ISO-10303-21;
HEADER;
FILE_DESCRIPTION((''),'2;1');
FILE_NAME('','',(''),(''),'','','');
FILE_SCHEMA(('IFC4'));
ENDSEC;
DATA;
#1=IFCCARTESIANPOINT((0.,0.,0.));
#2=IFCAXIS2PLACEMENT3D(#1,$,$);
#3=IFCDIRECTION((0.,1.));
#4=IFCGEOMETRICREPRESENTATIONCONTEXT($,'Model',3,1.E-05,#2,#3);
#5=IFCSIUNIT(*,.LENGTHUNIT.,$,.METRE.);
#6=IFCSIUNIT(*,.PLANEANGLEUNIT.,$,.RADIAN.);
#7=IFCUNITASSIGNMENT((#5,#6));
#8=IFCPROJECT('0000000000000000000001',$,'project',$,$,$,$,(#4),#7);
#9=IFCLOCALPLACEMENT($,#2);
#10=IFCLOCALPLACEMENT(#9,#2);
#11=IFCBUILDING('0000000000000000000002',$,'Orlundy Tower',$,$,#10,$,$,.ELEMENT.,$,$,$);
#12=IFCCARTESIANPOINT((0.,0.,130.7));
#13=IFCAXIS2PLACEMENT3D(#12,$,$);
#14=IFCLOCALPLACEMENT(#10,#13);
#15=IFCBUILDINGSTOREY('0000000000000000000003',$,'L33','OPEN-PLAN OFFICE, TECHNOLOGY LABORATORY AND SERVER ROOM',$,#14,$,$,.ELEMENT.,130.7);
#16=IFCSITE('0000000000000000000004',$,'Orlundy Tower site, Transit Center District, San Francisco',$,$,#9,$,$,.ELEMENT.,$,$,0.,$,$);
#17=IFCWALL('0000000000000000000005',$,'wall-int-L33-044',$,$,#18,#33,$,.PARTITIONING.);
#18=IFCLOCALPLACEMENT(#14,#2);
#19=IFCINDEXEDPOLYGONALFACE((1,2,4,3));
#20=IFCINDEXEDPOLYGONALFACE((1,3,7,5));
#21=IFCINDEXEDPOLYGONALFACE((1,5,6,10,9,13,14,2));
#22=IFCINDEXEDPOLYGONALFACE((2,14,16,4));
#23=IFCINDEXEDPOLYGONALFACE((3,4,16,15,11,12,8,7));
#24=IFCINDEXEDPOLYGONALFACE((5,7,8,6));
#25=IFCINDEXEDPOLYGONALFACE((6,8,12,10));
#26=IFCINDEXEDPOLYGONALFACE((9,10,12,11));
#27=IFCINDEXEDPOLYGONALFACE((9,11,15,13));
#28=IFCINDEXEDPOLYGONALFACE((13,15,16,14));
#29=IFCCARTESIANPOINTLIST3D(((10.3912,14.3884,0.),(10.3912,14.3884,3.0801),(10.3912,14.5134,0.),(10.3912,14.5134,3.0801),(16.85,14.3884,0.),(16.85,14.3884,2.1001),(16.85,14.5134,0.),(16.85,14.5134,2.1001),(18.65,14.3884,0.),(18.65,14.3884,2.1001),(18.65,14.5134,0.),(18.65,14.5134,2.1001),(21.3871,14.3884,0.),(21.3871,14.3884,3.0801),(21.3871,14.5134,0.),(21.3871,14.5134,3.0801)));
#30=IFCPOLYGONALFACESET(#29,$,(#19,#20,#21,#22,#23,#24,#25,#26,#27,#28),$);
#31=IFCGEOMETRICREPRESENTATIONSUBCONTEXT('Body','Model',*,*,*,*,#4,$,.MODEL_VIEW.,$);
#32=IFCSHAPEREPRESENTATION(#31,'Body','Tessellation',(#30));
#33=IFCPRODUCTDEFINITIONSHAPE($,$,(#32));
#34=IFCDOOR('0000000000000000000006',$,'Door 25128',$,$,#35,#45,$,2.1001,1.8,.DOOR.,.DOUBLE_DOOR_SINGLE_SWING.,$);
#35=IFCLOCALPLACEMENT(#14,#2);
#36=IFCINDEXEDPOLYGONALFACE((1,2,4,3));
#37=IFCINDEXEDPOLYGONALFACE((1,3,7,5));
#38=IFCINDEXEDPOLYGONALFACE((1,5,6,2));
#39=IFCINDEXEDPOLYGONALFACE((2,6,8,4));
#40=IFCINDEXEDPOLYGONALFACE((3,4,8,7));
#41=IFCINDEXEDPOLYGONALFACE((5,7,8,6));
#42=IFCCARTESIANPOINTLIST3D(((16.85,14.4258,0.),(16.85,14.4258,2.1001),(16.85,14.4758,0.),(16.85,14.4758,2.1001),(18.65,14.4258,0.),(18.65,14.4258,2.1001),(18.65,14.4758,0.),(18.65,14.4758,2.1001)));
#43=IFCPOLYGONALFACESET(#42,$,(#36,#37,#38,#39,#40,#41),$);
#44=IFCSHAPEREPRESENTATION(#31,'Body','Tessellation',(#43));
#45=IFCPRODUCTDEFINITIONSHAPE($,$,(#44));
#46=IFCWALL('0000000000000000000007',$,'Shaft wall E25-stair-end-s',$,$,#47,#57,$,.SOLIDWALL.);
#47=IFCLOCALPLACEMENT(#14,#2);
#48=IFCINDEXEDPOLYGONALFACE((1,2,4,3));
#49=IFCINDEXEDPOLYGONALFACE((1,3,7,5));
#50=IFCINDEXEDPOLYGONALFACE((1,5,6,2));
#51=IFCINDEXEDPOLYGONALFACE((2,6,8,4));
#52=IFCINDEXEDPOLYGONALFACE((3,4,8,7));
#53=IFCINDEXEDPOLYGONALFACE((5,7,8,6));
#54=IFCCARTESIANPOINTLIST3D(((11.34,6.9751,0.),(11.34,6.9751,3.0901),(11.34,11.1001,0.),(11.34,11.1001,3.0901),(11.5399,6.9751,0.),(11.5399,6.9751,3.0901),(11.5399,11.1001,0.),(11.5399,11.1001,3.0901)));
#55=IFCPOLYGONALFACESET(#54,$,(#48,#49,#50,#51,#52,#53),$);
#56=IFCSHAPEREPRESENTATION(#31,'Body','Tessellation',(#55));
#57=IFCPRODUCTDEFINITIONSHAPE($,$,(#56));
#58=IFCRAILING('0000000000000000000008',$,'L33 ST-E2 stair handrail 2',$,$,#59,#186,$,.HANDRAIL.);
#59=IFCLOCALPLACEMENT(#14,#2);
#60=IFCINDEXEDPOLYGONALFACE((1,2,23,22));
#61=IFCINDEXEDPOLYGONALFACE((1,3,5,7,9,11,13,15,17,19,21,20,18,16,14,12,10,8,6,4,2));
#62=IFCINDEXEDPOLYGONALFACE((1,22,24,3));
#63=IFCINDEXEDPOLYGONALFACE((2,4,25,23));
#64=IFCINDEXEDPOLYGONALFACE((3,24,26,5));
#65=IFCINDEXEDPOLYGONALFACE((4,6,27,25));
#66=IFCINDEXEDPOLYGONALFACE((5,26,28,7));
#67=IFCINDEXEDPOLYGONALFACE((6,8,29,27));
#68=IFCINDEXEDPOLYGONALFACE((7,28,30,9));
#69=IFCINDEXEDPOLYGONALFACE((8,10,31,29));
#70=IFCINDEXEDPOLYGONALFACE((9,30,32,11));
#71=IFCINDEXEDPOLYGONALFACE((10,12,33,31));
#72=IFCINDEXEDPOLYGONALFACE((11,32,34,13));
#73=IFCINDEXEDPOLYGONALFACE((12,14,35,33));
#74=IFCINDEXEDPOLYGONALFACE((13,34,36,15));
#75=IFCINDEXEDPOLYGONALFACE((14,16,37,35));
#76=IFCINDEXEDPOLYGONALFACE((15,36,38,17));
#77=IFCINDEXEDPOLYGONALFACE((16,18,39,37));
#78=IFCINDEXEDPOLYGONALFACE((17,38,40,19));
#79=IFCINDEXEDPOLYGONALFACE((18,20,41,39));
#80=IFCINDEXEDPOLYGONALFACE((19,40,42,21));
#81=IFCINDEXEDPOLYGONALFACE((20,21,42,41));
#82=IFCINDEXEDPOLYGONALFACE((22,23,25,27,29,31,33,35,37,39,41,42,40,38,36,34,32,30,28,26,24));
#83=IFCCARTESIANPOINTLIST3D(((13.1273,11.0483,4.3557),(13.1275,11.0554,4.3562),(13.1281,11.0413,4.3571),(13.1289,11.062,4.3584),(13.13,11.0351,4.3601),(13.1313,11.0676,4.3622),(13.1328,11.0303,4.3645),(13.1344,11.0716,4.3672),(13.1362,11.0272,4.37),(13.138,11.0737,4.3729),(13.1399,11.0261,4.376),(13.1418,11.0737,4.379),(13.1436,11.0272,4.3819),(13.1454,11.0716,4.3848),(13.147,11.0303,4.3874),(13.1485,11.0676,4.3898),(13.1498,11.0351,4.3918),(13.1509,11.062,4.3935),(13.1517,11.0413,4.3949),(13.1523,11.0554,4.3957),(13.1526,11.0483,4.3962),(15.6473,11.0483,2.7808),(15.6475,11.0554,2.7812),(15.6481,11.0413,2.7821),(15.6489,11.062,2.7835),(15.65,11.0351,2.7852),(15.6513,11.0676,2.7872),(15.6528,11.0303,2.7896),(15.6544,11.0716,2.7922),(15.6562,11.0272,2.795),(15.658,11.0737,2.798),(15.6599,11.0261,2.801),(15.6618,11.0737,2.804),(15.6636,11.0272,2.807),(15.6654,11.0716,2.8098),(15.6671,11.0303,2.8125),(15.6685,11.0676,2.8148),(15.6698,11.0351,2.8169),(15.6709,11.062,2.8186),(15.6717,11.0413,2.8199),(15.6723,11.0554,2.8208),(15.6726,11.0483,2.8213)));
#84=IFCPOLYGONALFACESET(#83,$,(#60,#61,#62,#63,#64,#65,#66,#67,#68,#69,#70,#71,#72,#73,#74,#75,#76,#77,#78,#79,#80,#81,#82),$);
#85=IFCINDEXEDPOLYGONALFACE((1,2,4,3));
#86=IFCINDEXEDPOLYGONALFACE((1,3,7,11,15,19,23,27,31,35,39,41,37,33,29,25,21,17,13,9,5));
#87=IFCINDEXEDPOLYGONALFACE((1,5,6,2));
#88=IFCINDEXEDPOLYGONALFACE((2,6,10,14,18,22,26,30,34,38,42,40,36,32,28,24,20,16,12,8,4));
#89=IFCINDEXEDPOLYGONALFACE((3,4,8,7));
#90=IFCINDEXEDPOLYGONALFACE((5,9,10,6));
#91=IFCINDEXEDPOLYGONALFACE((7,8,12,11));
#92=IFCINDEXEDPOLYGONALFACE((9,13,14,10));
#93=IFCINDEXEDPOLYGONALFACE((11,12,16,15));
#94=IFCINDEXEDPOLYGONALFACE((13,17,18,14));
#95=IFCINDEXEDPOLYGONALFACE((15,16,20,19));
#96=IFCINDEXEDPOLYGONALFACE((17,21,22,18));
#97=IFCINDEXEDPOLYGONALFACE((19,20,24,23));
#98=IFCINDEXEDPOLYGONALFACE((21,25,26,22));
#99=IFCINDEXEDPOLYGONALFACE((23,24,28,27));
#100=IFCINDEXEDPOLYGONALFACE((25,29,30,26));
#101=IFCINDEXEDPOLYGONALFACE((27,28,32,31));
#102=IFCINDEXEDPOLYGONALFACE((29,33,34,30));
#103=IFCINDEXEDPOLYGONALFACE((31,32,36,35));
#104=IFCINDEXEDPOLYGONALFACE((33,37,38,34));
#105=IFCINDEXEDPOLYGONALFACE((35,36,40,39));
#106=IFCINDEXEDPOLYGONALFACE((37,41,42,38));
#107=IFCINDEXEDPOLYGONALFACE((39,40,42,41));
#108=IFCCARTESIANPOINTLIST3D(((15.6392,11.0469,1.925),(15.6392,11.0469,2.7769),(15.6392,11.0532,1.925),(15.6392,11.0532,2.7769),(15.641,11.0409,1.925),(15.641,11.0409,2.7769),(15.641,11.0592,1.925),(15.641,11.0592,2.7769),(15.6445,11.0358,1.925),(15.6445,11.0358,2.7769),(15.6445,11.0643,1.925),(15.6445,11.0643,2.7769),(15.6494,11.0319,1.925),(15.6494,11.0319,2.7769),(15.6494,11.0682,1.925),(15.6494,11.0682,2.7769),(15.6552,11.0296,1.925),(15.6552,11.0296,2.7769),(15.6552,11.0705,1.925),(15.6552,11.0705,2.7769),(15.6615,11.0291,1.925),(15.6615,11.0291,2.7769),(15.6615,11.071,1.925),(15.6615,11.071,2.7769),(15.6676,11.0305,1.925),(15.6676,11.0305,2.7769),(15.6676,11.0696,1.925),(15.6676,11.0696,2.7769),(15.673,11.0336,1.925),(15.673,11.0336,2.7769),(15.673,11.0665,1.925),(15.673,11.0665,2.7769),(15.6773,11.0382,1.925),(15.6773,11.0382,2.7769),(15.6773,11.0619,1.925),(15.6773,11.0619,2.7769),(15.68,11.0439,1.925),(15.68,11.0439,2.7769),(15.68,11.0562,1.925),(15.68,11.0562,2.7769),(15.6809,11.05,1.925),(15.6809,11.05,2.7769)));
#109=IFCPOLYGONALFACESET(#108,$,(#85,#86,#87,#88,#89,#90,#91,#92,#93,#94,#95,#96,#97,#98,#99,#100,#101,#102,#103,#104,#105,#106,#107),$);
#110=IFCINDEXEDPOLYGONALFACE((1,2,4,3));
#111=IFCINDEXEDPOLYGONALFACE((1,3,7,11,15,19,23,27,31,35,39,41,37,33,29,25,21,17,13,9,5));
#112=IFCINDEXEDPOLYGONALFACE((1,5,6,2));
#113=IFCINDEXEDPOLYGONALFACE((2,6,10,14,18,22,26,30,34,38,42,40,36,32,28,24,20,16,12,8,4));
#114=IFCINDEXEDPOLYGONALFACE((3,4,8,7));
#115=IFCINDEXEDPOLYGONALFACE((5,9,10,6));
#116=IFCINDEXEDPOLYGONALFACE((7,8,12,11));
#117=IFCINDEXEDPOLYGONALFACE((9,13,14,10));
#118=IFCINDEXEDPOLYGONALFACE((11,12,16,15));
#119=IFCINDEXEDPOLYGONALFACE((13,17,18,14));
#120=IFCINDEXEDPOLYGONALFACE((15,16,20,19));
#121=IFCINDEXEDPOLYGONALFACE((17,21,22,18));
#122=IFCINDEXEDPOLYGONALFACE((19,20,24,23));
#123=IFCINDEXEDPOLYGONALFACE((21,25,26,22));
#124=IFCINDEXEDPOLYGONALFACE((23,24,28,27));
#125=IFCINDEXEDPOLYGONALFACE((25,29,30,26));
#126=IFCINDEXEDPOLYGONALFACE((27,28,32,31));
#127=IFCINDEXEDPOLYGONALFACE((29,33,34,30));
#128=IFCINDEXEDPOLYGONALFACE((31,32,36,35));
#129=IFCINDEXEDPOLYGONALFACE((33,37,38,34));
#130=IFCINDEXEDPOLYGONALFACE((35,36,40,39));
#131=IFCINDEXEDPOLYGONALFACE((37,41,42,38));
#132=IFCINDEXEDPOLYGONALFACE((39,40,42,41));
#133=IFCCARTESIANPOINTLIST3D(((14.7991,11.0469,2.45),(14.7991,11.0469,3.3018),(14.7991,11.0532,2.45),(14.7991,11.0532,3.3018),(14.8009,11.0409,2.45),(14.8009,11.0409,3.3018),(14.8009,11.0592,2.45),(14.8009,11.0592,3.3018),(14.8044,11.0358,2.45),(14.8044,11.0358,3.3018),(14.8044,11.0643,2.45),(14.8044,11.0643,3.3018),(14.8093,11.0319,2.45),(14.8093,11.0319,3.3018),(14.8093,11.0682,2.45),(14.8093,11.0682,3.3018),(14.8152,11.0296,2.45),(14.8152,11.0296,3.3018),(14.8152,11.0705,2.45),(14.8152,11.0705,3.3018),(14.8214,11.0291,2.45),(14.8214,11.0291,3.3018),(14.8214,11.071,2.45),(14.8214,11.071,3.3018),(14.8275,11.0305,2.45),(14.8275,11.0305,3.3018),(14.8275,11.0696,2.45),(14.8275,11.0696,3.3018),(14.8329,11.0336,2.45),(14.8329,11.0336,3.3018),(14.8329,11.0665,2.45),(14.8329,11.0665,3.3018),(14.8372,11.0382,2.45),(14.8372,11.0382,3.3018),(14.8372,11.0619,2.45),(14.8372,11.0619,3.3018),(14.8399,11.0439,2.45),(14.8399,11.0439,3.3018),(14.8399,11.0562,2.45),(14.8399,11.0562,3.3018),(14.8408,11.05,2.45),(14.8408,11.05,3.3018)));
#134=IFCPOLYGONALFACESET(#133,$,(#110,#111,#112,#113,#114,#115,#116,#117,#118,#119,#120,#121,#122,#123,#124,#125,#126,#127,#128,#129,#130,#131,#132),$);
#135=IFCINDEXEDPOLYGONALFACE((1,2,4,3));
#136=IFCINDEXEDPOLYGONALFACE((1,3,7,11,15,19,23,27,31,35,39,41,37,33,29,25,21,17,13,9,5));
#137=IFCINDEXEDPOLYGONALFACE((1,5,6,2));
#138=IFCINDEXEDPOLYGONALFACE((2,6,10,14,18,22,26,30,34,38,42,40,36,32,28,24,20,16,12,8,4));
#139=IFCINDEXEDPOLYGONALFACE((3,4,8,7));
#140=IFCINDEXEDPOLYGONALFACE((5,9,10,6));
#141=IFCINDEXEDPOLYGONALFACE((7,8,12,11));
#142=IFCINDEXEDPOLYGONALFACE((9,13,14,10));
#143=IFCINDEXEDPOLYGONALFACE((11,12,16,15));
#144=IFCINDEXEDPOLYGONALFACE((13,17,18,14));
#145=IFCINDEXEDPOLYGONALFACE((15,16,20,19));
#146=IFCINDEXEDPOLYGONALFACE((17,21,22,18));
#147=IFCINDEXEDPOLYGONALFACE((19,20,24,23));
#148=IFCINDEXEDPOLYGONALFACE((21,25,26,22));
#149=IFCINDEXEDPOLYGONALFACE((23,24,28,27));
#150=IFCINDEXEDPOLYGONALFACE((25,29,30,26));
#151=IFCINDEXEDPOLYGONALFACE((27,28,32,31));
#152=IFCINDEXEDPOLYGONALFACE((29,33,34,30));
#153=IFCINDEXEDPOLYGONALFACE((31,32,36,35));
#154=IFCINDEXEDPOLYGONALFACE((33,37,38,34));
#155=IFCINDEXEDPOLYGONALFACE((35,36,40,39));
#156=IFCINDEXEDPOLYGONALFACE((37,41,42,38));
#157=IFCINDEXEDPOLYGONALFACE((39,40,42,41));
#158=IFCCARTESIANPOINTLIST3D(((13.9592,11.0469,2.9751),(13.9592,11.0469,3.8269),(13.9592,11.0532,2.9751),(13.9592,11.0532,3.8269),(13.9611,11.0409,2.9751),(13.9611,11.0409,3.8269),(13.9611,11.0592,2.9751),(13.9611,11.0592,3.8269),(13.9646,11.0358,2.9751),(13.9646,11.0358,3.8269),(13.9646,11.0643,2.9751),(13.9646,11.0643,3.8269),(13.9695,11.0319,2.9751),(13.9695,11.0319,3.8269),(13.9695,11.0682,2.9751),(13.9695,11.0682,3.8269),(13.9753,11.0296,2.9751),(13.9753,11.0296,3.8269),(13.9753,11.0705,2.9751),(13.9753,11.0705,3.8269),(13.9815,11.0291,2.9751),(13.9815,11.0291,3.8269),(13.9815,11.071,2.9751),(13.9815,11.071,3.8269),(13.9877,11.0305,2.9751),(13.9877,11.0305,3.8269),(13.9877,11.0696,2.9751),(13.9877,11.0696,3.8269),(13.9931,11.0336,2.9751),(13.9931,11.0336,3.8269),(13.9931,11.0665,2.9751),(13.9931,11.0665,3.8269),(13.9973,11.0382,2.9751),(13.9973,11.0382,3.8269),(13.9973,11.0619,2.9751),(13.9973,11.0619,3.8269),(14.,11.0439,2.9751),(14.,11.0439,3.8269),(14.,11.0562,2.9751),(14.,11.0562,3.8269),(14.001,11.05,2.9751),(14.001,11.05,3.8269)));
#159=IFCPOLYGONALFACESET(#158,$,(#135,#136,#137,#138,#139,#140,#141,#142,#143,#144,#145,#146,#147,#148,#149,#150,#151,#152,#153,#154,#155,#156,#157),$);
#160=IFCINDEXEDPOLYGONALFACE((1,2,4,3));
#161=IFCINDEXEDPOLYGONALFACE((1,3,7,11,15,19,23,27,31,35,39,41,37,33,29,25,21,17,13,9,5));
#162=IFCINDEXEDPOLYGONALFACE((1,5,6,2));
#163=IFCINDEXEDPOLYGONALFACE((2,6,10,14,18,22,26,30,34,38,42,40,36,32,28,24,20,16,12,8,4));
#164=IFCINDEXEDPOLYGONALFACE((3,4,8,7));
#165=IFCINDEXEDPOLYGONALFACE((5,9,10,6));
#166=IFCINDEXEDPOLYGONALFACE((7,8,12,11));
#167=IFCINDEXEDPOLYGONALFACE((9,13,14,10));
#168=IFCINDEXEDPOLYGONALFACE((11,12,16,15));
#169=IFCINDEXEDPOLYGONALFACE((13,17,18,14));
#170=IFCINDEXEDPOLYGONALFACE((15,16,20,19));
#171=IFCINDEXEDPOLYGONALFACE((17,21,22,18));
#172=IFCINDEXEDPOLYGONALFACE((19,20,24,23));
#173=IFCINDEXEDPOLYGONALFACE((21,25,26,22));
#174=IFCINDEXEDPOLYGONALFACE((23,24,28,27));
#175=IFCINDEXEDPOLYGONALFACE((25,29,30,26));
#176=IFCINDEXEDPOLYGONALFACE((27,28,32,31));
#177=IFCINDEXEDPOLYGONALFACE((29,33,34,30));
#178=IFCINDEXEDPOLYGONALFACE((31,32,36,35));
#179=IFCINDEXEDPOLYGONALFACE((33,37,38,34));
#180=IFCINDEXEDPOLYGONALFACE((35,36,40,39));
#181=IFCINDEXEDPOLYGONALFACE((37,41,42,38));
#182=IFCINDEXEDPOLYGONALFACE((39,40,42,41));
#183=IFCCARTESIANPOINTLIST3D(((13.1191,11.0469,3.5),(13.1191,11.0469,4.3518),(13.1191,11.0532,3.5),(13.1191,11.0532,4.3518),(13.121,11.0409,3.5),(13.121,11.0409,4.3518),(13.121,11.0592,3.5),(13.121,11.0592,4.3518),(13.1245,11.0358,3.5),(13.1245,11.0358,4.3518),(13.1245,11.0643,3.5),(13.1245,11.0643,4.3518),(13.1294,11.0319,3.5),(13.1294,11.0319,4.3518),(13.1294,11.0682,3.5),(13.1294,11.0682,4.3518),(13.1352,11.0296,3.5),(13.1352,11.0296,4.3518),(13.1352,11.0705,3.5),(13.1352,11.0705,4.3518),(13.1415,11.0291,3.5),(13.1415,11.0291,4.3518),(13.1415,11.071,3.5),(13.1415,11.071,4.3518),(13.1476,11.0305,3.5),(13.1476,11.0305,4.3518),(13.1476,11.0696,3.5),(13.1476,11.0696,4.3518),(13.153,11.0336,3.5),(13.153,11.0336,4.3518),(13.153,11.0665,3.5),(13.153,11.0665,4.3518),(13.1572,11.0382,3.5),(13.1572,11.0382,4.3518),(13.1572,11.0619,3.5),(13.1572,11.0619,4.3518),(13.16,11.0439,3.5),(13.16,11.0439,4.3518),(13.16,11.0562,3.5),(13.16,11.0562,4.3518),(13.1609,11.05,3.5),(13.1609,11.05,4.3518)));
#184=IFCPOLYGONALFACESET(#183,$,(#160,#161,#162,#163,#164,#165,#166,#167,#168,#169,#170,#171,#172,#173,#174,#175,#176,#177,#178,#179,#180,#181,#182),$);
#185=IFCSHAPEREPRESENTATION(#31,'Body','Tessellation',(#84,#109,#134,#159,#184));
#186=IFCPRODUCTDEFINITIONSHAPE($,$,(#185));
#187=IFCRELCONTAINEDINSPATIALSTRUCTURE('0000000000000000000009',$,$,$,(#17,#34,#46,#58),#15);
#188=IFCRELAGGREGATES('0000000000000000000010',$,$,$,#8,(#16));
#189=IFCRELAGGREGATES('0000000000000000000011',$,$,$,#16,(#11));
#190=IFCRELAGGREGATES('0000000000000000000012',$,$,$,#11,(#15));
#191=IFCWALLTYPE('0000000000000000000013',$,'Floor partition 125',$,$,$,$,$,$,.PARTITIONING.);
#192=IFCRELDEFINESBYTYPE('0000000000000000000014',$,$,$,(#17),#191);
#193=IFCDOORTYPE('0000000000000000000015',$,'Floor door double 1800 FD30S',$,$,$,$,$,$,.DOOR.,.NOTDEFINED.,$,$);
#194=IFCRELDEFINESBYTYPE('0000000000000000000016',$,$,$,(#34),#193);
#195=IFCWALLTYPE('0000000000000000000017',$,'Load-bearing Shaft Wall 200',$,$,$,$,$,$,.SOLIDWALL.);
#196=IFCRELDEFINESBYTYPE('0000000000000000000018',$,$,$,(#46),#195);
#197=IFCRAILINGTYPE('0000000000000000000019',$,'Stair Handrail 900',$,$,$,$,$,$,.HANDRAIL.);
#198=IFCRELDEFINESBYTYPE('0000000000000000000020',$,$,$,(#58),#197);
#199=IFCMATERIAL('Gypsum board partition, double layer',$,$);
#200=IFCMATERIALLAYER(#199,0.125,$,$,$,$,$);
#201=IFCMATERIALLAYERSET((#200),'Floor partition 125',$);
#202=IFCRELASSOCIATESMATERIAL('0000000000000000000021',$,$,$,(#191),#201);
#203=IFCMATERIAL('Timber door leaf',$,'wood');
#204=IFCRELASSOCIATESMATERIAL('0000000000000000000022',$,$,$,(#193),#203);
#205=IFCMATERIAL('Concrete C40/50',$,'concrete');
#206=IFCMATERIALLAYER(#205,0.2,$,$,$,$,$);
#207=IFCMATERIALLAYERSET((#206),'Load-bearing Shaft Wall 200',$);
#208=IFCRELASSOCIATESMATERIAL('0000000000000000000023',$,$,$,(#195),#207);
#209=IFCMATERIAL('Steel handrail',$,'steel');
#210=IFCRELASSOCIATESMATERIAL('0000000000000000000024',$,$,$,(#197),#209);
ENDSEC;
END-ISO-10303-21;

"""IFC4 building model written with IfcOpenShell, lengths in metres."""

from ifc_helpers import new_model, si_unit, direction, frame, frame_2d, origin, origin_2d, place, context, subcontext, project, spatial, rectangle, circle, extrude, material, layer, layer_set, type_object, element, fill, save


model = new_model("IFC4")

# Units and contexts
model_context = context("Model", 3, precision=1e-05, world=origin(), true_north=direction((0.0, 1.0)))
body_context = subcontext(model_context, "Body", "Model", "MODEL_VIEW")
ifc_project = project(units=[si_unit("LENGTHUNIT", "METRE"), si_unit("PLANEANGLEUNIT", "RADIAN")], contexts=[model_context])

# Site, building, storey
site_placement = place(None, origin())
site = spatial("IfcSite", under=ifc_project, at=site_placement, Name="Orlundy Tower site, Transit Center District, San Francisco", CompositionType="ELEMENT", RefElevation=0.0)
building_placement = place(site_placement, origin())
building = spatial("IfcBuilding", under=site, at=building_placement, Name="Orlundy Tower", CompositionType="ELEMENT")
storey_placement = place(building_placement, frame((0.0, 0.0, 130.7)))
storey = spatial("IfcBuildingStorey", under=building, at=storey_placement, Name="L33", Description="OPEN-PLAN OFFICE, TECHNOLOGY LABORATORY AND SERVER ROOM", CompositionType="ELEMENT", Elevation=130.7)

# Wall, opening, door
ifc_material_1 = material(Name="Gypsum board partition, double layer")
ifc_layer_1 = layer(ifc_material_1, 0.125)
ifc_layer_set_1 = layer_set([ifc_layer_1], Name="Floor partition 125")
wall_type_1 = type_object("IfcWallType", Name="Floor partition 125", PredefinedType="PARTITIONING", material=ifc_layer_set_1)
wall_1_placement = place(storey_placement, frame((10.3911, 14.4509, 0.0), z_axis=(0.0, 0.0, 1.0), x_axis=(1.0, 0.0, 0.0)))
wall_1 = element("IfcWall", 1, at=wall_1_placement, inside=storey, type_object=wall_type_1, Name="wall-int-L33-044", PredefinedType="PARTITIONING", context=body_context, shape_type="SweptSolid", body=[
    extrude(rectangle(XDim=10.9958, YDim=0.125, at=frame_2d((5.498, 0.0))), origin(), (0.0, 0.0, 1.0), 3.0801),
])
opening_1_placement = place(wall_1_placement, frame((6.459, 0.0, 0.0)))
opening_1 = element("IfcOpeningElement", 2, at=opening_1_placement, cuts=wall_1, PredefinedType="OPENING", context=body_context, shape_type="SweptSolid", body=[
    extrude(rectangle(XDim=1.8, YDim=2.1001, at=frame_2d((0.8999, 1.05))), frame((0.0, 0.0725, 0.0), z_axis=(0.0, -1.0, 0.0), x_axis=(1.0, 0.0, 0.0)), (0.0, 0.0, 1.0), 0.145),
])
ifc_material_2 = material(Name="Timber door leaf", Category="wood")
door_type_1 = type_object("IfcDoorType", Name="Floor door double 1800 FD30S", OperationType="NOTDEFINED", PredefinedType="DOOR", material=ifc_material_2)
door_1_placement = place(opening_1_placement, origin())
door_1 = element("IfcDoor", 3, at=door_1_placement, inside=storey, type_object=door_type_1, Name="Door 25128", OperationType="DOUBLE_DOOR_SINGLE_SWING", OverallHeight=2.1001, OverallWidth=1.8, PredefinedType="DOOR", context=body_context, shape_type="SweptSolid", body=[
    extrude(rectangle(XDim=1.8, YDim=2.1001, at=frame_2d((0.8999, 1.05))), frame((0.0, 0.0249, 0.0), z_axis=(0.0, -1.0, 0.0), x_axis=(1.0, 0.0, 0.0)), (0.0, 0.0, 1.0), 0.05),
])
fill(opening_1, door_1)

# Wall
ifc_material_3 = material(Name="Concrete C40/50", Category="concrete")
ifc_layer_2 = layer(ifc_material_3, 0.2)
ifc_layer_set_2 = layer_set([ifc_layer_2], Name="Load-bearing Shaft Wall 200")
wall_type_2 = type_object("IfcWallType", Name="Load-bearing Shaft Wall 200", PredefinedType="SOLIDWALL", material=ifc_layer_set_2)
wall_2_placement = place(storey_placement, frame((11.4399, 11.1001, 0.0), z_axis=(0.0, 0.0, 1.0), x_axis=(0.0, -1.0, 0.0)))
element("IfcWall", 4, at=wall_2_placement, inside=storey, type_object=wall_type_2, Name="Shaft wall E25-stair-end-s", PredefinedType="SOLIDWALL", context=body_context, shape_type="SweptSolid", body=[
    extrude(rectangle(XDim=4.125, YDim=0.2, at=frame_2d((2.0625, 0.0))), origin(), (0.0, 0.0, 1.0), 3.0901),
])

# Railing
ifc_material_4 = material(Name="Steel handrail", Category="steel")
railing_type = type_object("IfcRailingType", Name="Stair Handrail 900", PredefinedType="HANDRAIL", material=ifc_material_4)
railing_placement = place(storey_placement, frame((15.6599, 11.05, 1.925)))
element("IfcRailing", 5, at=railing_placement, inside=storey, type_object=railing_type, Name="L33 ST-E2 stair handrail 2", PredefinedType="HANDRAIL", context=body_context, shape_type="SweptSolid", body=[
    extrude(circle(Radius=0.0239, at=origin_2d()), frame((0.0, 0.0, 0.876), z_axis=(-0.848008, 0.0, 0.529984), x_axis=(0.0, -1.0, 0.0)), (0.0, 0.0, 1.0), 2.9717),
    extrude(circle(Radius=0.021, at=origin_2d()), origin(), (0.0, 0.0, 1.0), 0.8518),
    extrude(circle(Radius=0.021, at=origin_2d()), frame((-0.8401, 0.0, 0.5249)), (0.0, 0.0, 1.0), 0.8518),
    extrude(circle(Radius=0.021, at=origin_2d()), frame((-1.6799, 0.0, 1.05)), (0.0, 0.0, 1.0), 0.8518),
    extrude(circle(Radius=0.021, at=origin_2d()), frame((-2.52, 0.0, 1.575)), (0.0, 0.0, 1.0), 0.8518),
])

save(model, "model.ifc")
